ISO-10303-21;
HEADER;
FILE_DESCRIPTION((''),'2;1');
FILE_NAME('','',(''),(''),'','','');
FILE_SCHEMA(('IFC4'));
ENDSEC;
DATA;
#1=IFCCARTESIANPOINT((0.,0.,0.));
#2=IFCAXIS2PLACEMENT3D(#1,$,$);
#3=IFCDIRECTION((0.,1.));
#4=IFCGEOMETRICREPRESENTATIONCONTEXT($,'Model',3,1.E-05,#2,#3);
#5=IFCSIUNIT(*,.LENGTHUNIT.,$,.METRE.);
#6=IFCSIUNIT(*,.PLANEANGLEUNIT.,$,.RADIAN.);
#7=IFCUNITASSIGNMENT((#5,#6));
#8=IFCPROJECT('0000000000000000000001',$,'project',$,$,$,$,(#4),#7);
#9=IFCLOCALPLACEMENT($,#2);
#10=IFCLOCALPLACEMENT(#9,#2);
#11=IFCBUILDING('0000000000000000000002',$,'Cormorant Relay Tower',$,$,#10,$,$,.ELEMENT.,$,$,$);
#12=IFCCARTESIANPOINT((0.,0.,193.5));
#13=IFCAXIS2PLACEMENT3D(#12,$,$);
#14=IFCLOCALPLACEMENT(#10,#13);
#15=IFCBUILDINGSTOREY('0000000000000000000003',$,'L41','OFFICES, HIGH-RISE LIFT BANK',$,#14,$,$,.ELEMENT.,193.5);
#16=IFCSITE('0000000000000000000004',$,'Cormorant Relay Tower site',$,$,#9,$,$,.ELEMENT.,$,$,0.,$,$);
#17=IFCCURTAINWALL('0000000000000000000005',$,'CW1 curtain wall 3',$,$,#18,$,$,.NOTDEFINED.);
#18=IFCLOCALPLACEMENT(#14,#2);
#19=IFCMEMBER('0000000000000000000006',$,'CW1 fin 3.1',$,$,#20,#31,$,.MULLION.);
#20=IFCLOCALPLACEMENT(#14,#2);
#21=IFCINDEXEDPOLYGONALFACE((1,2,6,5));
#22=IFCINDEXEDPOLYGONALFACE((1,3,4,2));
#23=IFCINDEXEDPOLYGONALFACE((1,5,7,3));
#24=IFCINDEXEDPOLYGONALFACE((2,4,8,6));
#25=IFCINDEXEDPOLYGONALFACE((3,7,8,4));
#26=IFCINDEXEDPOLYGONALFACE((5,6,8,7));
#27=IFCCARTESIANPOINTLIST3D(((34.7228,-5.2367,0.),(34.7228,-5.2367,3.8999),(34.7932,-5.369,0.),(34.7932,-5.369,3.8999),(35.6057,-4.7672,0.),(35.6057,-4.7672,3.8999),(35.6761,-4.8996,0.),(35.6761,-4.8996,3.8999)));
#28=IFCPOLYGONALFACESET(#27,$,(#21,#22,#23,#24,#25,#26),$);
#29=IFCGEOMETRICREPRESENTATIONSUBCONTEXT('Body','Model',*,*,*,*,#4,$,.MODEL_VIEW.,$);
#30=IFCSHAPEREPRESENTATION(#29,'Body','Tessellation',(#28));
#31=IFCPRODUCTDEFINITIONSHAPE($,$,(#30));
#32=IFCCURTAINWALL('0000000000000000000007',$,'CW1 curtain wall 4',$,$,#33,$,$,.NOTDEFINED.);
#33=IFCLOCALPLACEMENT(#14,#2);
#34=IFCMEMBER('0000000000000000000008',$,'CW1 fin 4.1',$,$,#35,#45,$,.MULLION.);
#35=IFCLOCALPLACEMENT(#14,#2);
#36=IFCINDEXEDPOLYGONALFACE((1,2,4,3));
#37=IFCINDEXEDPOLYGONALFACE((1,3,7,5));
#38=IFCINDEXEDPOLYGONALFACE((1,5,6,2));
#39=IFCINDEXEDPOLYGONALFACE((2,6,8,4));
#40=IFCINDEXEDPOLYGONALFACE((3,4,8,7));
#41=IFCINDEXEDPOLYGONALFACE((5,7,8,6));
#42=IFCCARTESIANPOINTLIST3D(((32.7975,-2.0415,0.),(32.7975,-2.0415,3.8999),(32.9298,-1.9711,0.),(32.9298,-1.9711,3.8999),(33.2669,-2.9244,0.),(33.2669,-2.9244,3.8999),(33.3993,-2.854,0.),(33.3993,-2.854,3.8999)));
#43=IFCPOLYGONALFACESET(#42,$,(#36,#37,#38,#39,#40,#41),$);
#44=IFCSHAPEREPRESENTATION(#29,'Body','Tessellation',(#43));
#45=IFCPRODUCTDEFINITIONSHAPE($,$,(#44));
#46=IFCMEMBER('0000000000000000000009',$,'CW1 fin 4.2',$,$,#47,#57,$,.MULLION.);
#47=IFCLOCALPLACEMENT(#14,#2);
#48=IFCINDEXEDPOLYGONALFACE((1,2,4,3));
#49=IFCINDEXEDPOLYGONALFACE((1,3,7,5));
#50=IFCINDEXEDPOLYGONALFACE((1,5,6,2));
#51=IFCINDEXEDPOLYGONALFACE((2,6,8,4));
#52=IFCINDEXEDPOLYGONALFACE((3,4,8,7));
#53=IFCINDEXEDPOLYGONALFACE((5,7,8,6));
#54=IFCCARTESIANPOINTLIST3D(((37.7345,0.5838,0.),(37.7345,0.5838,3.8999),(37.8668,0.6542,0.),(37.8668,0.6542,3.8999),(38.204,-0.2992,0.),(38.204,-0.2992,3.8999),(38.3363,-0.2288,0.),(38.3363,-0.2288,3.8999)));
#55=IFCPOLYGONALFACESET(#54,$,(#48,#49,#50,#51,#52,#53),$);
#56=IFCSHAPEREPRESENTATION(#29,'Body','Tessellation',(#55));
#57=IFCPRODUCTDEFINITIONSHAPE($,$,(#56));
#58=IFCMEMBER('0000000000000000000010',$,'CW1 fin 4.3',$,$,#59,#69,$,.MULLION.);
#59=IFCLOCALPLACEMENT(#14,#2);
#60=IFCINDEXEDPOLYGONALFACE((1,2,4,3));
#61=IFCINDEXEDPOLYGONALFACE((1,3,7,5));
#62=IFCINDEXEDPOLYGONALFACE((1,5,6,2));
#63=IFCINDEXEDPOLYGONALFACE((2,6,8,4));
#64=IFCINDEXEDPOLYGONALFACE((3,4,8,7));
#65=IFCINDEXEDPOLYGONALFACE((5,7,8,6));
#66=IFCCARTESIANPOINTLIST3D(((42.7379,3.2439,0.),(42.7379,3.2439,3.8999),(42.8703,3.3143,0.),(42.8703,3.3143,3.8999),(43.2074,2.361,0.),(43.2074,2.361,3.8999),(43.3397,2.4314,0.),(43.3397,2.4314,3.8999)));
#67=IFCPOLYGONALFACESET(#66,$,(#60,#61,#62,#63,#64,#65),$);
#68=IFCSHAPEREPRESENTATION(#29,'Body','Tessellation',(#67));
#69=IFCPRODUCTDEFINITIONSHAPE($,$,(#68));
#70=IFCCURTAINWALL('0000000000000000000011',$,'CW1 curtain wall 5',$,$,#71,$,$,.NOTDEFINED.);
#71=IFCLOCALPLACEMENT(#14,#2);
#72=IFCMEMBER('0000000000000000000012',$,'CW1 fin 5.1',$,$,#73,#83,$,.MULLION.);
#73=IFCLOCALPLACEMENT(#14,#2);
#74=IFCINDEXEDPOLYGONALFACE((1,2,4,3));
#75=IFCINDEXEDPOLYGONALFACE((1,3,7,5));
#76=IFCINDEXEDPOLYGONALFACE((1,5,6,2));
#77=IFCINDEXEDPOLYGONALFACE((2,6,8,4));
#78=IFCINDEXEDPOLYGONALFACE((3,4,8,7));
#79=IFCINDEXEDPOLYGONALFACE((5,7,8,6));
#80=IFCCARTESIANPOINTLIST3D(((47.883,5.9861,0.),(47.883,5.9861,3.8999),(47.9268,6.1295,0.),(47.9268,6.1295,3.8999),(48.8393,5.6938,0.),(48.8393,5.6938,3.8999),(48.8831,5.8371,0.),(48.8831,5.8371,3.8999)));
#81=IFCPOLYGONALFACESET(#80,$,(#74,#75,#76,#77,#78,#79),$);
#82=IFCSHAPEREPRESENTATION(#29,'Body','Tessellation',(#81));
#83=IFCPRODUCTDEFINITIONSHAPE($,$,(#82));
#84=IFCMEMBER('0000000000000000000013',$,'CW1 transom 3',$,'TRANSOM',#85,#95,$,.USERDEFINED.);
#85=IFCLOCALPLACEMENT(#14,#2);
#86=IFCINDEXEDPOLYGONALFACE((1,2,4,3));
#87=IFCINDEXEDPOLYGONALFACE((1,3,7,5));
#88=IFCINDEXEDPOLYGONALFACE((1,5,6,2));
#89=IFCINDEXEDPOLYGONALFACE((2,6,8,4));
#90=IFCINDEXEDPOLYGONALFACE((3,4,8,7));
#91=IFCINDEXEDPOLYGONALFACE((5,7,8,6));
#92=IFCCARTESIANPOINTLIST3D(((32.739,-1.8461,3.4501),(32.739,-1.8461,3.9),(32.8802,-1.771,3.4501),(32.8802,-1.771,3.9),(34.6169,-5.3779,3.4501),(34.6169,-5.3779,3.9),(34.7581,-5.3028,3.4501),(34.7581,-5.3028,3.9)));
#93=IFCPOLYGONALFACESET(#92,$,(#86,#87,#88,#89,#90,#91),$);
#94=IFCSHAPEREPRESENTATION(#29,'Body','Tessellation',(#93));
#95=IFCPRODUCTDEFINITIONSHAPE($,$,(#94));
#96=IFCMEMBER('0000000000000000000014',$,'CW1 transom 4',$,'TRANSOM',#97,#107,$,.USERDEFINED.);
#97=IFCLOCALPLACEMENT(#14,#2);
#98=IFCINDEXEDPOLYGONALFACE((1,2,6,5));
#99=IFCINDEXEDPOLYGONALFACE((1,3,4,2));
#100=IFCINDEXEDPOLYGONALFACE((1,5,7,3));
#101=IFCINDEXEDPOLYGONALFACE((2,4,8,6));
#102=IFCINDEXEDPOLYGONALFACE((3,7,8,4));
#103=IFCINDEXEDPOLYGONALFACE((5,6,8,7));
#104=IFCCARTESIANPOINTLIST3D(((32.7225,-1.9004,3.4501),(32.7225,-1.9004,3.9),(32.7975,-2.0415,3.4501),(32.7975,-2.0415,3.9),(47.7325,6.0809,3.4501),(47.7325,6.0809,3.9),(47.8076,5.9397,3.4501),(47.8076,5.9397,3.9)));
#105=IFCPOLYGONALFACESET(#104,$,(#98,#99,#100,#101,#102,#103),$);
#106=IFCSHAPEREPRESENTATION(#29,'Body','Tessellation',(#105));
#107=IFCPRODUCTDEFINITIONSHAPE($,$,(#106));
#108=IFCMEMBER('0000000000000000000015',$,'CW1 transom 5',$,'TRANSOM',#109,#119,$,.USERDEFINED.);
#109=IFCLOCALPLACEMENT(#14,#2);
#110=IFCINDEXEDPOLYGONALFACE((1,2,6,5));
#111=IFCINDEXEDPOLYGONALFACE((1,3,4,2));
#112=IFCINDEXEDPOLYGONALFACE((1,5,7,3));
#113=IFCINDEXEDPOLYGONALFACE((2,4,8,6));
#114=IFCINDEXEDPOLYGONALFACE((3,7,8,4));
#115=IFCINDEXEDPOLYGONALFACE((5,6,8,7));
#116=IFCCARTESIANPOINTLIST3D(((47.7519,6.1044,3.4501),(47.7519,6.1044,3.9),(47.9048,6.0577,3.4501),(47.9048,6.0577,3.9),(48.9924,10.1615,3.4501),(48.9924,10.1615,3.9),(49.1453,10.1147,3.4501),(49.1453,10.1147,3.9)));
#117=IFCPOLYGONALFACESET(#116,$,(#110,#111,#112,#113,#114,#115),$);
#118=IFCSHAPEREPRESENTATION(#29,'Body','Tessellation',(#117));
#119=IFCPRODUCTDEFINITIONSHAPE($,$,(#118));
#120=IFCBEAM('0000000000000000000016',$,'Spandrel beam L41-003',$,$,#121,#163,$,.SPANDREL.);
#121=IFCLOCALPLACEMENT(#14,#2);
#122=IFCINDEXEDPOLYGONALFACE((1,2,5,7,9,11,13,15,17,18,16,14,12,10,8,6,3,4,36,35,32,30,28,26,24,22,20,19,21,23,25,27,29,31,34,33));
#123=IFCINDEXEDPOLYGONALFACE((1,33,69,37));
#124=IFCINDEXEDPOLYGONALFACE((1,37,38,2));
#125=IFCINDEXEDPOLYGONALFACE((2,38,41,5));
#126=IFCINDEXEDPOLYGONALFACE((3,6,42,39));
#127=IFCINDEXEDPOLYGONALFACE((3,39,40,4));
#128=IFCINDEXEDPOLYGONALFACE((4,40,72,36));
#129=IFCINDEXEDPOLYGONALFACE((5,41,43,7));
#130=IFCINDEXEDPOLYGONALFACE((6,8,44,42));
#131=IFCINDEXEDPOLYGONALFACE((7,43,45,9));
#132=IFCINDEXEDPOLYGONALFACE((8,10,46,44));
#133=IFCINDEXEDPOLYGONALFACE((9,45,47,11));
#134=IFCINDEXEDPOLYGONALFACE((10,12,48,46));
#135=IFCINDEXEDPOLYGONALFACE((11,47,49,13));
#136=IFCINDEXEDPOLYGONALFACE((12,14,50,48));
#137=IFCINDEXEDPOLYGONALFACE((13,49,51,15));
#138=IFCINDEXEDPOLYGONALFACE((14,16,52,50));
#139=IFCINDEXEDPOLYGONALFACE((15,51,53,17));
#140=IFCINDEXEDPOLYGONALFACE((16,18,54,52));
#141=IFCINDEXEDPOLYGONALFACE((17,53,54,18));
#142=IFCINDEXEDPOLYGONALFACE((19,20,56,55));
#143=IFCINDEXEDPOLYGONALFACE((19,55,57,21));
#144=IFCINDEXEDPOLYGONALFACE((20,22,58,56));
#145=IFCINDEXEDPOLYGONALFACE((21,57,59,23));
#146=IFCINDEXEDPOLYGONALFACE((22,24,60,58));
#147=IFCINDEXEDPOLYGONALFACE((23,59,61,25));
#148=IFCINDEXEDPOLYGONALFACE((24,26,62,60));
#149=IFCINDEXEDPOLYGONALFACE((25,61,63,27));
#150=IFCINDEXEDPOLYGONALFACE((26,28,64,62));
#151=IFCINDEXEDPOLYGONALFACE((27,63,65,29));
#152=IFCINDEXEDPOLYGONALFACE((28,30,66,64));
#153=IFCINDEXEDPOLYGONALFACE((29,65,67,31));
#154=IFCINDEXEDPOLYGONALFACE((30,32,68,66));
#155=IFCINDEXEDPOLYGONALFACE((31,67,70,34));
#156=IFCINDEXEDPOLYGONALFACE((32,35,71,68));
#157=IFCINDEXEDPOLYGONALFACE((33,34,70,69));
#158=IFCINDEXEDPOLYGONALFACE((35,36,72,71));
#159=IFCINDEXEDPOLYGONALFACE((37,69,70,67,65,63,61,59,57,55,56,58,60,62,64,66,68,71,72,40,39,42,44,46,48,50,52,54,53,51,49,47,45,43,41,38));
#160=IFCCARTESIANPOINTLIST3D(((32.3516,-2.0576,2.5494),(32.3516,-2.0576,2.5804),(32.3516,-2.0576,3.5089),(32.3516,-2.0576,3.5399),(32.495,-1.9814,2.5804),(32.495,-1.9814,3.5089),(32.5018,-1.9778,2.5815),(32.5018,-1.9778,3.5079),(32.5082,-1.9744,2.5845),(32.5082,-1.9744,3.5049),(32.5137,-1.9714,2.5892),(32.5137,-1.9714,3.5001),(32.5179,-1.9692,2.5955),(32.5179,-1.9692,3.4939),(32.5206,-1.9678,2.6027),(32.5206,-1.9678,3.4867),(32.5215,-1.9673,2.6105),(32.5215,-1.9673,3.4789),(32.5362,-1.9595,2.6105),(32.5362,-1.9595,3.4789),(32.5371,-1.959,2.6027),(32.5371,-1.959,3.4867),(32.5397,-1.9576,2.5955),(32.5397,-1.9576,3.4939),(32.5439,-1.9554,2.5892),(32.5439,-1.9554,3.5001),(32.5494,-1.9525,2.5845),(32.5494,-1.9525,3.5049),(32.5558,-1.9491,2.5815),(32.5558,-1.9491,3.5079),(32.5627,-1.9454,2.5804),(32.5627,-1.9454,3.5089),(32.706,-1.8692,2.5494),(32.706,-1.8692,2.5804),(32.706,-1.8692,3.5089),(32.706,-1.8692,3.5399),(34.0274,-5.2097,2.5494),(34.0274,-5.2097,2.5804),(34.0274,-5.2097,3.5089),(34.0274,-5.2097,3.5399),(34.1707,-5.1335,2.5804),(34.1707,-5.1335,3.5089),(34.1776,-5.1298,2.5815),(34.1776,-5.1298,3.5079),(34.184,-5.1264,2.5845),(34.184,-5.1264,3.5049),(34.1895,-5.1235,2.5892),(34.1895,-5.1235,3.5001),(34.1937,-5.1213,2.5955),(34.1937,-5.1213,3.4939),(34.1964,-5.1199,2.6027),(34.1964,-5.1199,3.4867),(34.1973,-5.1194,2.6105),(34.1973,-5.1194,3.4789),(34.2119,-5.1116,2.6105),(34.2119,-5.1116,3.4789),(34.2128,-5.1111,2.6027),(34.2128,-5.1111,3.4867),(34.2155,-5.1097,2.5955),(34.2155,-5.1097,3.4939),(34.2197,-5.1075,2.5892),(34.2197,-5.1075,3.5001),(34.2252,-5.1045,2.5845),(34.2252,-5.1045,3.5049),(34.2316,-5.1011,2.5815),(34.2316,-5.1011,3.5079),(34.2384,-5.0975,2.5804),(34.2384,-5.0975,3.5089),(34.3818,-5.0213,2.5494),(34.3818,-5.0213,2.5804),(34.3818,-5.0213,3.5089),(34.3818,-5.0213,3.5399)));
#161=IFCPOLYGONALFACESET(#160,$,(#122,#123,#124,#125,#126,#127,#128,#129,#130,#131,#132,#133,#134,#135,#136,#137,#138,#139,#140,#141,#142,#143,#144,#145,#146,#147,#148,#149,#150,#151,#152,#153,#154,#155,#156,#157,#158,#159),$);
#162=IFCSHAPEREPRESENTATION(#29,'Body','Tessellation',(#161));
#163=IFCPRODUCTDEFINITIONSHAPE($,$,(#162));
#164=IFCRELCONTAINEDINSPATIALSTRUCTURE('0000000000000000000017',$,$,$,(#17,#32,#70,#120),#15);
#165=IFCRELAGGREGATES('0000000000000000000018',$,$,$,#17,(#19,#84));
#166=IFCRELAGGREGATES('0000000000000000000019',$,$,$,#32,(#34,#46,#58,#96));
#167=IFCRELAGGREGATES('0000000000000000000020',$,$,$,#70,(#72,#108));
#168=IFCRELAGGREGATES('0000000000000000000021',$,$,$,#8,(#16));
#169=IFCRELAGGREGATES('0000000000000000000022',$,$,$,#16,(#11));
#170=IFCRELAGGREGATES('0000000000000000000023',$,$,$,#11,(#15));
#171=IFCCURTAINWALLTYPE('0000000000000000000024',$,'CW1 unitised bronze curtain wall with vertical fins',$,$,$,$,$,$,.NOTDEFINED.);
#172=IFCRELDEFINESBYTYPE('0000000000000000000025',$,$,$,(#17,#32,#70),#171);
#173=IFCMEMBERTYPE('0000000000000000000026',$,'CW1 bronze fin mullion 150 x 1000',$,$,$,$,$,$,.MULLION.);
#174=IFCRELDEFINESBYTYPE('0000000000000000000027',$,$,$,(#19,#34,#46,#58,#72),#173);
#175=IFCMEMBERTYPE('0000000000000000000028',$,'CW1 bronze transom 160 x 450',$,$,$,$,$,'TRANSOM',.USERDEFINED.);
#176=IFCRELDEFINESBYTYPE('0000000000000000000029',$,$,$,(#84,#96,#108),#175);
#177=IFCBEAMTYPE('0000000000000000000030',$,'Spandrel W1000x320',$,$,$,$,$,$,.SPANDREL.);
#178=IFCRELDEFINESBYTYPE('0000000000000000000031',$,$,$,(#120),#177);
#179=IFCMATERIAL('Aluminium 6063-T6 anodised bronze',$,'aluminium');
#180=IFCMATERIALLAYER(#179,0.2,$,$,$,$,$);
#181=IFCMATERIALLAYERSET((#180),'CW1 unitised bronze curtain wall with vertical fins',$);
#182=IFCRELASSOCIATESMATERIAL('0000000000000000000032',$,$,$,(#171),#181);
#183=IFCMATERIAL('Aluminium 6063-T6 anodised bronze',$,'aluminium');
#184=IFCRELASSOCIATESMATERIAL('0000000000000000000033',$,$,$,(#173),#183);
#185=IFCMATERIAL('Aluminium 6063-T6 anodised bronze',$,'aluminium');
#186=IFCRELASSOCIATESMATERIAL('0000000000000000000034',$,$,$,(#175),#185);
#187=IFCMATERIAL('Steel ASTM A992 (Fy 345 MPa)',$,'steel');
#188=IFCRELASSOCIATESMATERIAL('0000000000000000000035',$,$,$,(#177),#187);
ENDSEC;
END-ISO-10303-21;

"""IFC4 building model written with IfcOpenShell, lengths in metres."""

from ifc_helpers import new_model, si_unit, direction, frame, origin, origin_2d, place, context, subcontext, project, spatial, rectangle, i_section, extrude, material, layer, layer_set, material_profile, profile_set, type_object, element, aggregate, save


model = new_model("IFC4")

# Units and contexts
model_context = context("Model", 3, precision=1e-05, world=origin(), true_north=direction((0.0, 1.0)))
body_context = subcontext(model_context, "Body", "Model", "MODEL_VIEW")
ifc_project = project(units=[si_unit("LENGTHUNIT", "METRE"), si_unit("PLANEANGLEUNIT", "RADIAN")], contexts=[model_context])

# Site, building, storey
site_placement = place(None, origin())
site = spatial("IfcSite", under=ifc_project, at=site_placement, Name="Cormorant Relay Tower site", CompositionType="ELEMENT", RefElevation=0.0)
building_placement = place(site_placement, origin())
building = spatial("IfcBuilding", under=site, at=building_placement, Name="Cormorant Relay Tower", CompositionType="ELEMENT")
storey_placement = place(building_placement, frame((0.0, 0.0, 193.5)))
storey = spatial("IfcBuildingStorey", under=building, at=storey_placement, Name="L41", Description="OFFICES, HIGH-RISE LIFT BANK", CompositionType="ELEMENT", Elevation=193.5)

# Curtain wall, member
ifc_material_1 = material(Name="Aluminium 6063-T6 anodised bronze", Category="aluminium")
ifc_layer_1 = layer(ifc_material_1, 0.2)
ifc_layer_set_1 = layer_set([ifc_layer_1], Name="CW1 unitised bronze curtain wall with vertical fins")
curtain_wall_type = type_object("IfcCurtainWallType", Name="CW1 unitised bronze curtain wall with vertical fins", PredefinedType="NOTDEFINED", material=ifc_layer_set_1)
curtain_wall_1_placement = place(storey_placement, origin())
curtain_wall_1 = element("IfcCurtainWall", 1, at=curtain_wall_1_placement, inside=storey, type_object=curtain_wall_type, Name="CW1 curtain wall 3", PredefinedType="NOTDEFINED")
ifc_material_2 = material(Name="Aluminium 6063-T6 anodised bronze", Category="aluminium")
ifc_material_profile_1 = material_profile(ifc_material_2, rectangle(XDim=0.1499, YDim=1.0, at=origin_2d()), Name="AL 150x1000")
ifc_profile_set_1 = profile_set([ifc_material_profile_1], Name="Aluminium 6063-T6 anodised bronze")
member_type_1 = type_object("IfcMemberType", Name="CW1 bronze fin mullion 150 x 1000", PredefinedType="MULLION", material=ifc_profile_set_1)
member_1_placement = place(storey_placement, frame((35.1995, -5.0681, 0.0), z_axis=(0.0, 0.0, 1.0), x_axis=(-0.469472, 0.882948, 0.0)))
member_1 = element("IfcMember", 2, at=member_1_placement, type_object=member_type_1, Name="CW1 fin 3.1", PredefinedType="MULLION", context=body_context, shape_type="SweptSolid", body=[
    extrude(rectangle(XDim=0.1499, YDim=1.0, at=origin_2d()), origin(), (0.0, 0.0, 1.0), 3.8999),
])

# Curtain wall, members
curtain_wall_2_placement = place(storey_placement, origin())
curtain_wall_2 = element("IfcCurtainWall", 3, at=curtain_wall_2_placement, inside=storey, type_object=curtain_wall_type, Name="CW1 curtain wall 4", PredefinedType="NOTDEFINED")
member_2_placement = place(storey_placement, frame((33.0984, -2.4478, 0.0), z_axis=(0.0, 0.0, 1.0), x_axis=(0.882948, 0.469472, 0.0)))
member_2 = element("IfcMember", 4, at=member_2_placement, type_object=member_type_1, Name="CW1 fin 4.1", PredefinedType="MULLION", context=body_context, shape_type="SweptSolid", body=[
    extrude(rectangle(XDim=0.1499, YDim=1.0, at=origin_2d()), origin(), (0.0, 0.0, 1.0), 3.8999),
])
member_3_placement = place(storey_placement, frame((38.0354, 0.1775, 0.0), z_axis=(0.0, 0.0, 1.0), x_axis=(0.882948, 0.469472, 0.0)))
member_3 = element("IfcMember", 5, at=member_3_placement, type_object=member_type_1, Name="CW1 fin 4.2", PredefinedType="MULLION", context=body_context, shape_type="SweptSolid", body=[
    extrude(rectangle(XDim=0.1499, YDim=1.0, at=origin_2d()), origin(), (0.0, 0.0, 1.0), 3.8999),
])
member_4_placement = place(storey_placement, frame((43.0388, 2.8376, 0.0), z_axis=(0.0, 0.0, 1.0), x_axis=(0.882948, 0.469472, 0.0)))
member_4 = element("IfcMember", 6, at=member_4_placement, type_object=member_type_1, Name="CW1 fin 4.3", PredefinedType="MULLION", context=body_context, shape_type="SweptSolid", body=[
    extrude(rectangle(XDim=0.1499, YDim=1.0, at=origin_2d()), origin(), (0.0, 0.0, 1.0), 3.8999),
])

# Curtain wall, member
curtain_wall_3_placement = place(storey_placement, origin())
curtain_wall_3 = element("IfcCurtainWall", 7, at=curtain_wall_3_placement, inside=storey, type_object=curtain_wall_type, Name="CW1 curtain wall 5", PredefinedType="NOTDEFINED")
member_5_placement = place(storey_placement, frame((48.3831, 5.9116, 0.0), z_axis=(0.0, 0.0, 1.0), x_axis=(0.292372, 0.956305, 0.0)))
member_5 = element("IfcMember", 8, at=member_5_placement, type_object=member_type_1, Name="CW1 fin 5.1", PredefinedType="MULLION", context=body_context, shape_type="SweptSolid", body=[
    extrude(rectangle(XDim=0.1499, YDim=1.0, at=origin_2d()), origin(), (0.0, 0.0, 1.0), 3.8999),
])

# Members
ifc_material_3 = material(Name="Aluminium 6063-T6 anodised bronze", Category="aluminium")
ifc_material_profile_2 = material_profile(ifc_material_3, rectangle(XDim=0.1599, YDim=0.45, at=origin_2d()), Name="AL 160x450")
ifc_profile_set_2 = profile_set([ifc_material_profile_2], Name="Aluminium 6063-T6 anodised bronze")
member_type_2 = type_object("IfcMemberType", Name="CW1 bronze transom 160 x 450", ElementType="TRANSOM", PredefinedType="USERDEFINED", material=ifc_profile_set_2)
member_6_placement = place(storey_placement, frame((34.6875, -5.3403, 3.675), z_axis=(-0.469485, 0.88294, 0.0), x_axis=(-0.88294, -0.469485, 0.0)))
member_6 = element("IfcMember", 9, at=member_6_placement, type_object=member_type_2, Name="CW1 transom 3", ObjectType="TRANSOM", PredefinedType="USERDEFINED", context=body_context, shape_type="SweptSolid", body=[
    extrude(rectangle(XDim=0.1599, YDim=0.45, at=origin_2d()), origin(), (0.0, 0.0, 1.0), 4.0),
])
member_7_placement = place(storey_placement, frame((32.76, -1.9709, 3.675), z_axis=(0.882942, 0.469482, 0.0), x_axis=(-0.469482, 0.882942, 0.0)))
member_7 = element("IfcMember", 10, at=member_7_placement, type_object=member_type_2, Name="CW1 transom 4", ObjectType="TRANSOM", PredefinedType="USERDEFINED", context=body_context, shape_type="SweptSolid", body=[
    extrude(rectangle(XDim=0.1599, YDim=0.45, at=origin_2d()), origin(), (0.0, 0.0, 1.0), 17.0),
])
member_8_placement = place(storey_placement, frame((47.8284, 6.0811, 3.675), z_axis=(0.292391, 0.956299, 0.0), x_axis=(-0.956299, 0.292391, 0.0)))
member_8 = element("IfcMember", 11, at=member_8_placement, type_object=member_type_2, Name="CW1 transom 5", ObjectType="TRANSOM", PredefinedType="USERDEFINED", context=body_context, shape_type="SweptSolid", body=[
    extrude(rectangle(XDim=0.1599, YDim=0.45, at=origin_2d()), origin(), (0.0, 0.0, 1.0), 4.2424),
])

# Beam
ifc_material_4 = material(Name="Steel ASTM A992 (Fy 345 MPa)", Category="steel")
ifc_material_profile_3 = material_profile(ifc_material_4, i_section(OverallWidth=0.4014, OverallDepth=0.9905, WebThickness=0.0166, FlangeThickness=0.031, FilletRadius=0.03, at=origin_2d()), Name="W1000x320")
ifc_profile_set_3 = profile_set([ifc_material_profile_3], Name="Steel ASTM A992 (Fy 345 MPa)")
beam_type = type_object("IfcBeamType", Name="Spandrel W1000x320", PredefinedType="SPANDREL", material=ifc_profile_set_3)
beam_1_placement = place(storey_placement, frame((34.2046, -5.1155, 3.0447), z_axis=(-0.469424, 0.882973, 0.0), x_axis=(-0.882973, -0.469424, 0.0)))
element("IfcBeam", 12, at=beam_1_placement, inside=storey, type_object=beam_type, Name="Spandrel beam L41-003", PredefinedType="SPANDREL", context=body_context, shape_type="SweptSolid", body=[
    extrude(i_section(OverallWidth=0.4014, OverallDepth=0.9905, WebThickness=0.0166, FlangeThickness=0.031, FilletRadius=0.03, at=origin_2d()), origin(), (0.0, 0.0, 1.0), 3.5698),
])

aggregate(curtain_wall_1, [member_1, member_6])
aggregate(curtain_wall_2, [member_2, member_3, member_4, member_7])
aggregate(curtain_wall_3, [member_5, member_8])

save(model, "model.ifc")
